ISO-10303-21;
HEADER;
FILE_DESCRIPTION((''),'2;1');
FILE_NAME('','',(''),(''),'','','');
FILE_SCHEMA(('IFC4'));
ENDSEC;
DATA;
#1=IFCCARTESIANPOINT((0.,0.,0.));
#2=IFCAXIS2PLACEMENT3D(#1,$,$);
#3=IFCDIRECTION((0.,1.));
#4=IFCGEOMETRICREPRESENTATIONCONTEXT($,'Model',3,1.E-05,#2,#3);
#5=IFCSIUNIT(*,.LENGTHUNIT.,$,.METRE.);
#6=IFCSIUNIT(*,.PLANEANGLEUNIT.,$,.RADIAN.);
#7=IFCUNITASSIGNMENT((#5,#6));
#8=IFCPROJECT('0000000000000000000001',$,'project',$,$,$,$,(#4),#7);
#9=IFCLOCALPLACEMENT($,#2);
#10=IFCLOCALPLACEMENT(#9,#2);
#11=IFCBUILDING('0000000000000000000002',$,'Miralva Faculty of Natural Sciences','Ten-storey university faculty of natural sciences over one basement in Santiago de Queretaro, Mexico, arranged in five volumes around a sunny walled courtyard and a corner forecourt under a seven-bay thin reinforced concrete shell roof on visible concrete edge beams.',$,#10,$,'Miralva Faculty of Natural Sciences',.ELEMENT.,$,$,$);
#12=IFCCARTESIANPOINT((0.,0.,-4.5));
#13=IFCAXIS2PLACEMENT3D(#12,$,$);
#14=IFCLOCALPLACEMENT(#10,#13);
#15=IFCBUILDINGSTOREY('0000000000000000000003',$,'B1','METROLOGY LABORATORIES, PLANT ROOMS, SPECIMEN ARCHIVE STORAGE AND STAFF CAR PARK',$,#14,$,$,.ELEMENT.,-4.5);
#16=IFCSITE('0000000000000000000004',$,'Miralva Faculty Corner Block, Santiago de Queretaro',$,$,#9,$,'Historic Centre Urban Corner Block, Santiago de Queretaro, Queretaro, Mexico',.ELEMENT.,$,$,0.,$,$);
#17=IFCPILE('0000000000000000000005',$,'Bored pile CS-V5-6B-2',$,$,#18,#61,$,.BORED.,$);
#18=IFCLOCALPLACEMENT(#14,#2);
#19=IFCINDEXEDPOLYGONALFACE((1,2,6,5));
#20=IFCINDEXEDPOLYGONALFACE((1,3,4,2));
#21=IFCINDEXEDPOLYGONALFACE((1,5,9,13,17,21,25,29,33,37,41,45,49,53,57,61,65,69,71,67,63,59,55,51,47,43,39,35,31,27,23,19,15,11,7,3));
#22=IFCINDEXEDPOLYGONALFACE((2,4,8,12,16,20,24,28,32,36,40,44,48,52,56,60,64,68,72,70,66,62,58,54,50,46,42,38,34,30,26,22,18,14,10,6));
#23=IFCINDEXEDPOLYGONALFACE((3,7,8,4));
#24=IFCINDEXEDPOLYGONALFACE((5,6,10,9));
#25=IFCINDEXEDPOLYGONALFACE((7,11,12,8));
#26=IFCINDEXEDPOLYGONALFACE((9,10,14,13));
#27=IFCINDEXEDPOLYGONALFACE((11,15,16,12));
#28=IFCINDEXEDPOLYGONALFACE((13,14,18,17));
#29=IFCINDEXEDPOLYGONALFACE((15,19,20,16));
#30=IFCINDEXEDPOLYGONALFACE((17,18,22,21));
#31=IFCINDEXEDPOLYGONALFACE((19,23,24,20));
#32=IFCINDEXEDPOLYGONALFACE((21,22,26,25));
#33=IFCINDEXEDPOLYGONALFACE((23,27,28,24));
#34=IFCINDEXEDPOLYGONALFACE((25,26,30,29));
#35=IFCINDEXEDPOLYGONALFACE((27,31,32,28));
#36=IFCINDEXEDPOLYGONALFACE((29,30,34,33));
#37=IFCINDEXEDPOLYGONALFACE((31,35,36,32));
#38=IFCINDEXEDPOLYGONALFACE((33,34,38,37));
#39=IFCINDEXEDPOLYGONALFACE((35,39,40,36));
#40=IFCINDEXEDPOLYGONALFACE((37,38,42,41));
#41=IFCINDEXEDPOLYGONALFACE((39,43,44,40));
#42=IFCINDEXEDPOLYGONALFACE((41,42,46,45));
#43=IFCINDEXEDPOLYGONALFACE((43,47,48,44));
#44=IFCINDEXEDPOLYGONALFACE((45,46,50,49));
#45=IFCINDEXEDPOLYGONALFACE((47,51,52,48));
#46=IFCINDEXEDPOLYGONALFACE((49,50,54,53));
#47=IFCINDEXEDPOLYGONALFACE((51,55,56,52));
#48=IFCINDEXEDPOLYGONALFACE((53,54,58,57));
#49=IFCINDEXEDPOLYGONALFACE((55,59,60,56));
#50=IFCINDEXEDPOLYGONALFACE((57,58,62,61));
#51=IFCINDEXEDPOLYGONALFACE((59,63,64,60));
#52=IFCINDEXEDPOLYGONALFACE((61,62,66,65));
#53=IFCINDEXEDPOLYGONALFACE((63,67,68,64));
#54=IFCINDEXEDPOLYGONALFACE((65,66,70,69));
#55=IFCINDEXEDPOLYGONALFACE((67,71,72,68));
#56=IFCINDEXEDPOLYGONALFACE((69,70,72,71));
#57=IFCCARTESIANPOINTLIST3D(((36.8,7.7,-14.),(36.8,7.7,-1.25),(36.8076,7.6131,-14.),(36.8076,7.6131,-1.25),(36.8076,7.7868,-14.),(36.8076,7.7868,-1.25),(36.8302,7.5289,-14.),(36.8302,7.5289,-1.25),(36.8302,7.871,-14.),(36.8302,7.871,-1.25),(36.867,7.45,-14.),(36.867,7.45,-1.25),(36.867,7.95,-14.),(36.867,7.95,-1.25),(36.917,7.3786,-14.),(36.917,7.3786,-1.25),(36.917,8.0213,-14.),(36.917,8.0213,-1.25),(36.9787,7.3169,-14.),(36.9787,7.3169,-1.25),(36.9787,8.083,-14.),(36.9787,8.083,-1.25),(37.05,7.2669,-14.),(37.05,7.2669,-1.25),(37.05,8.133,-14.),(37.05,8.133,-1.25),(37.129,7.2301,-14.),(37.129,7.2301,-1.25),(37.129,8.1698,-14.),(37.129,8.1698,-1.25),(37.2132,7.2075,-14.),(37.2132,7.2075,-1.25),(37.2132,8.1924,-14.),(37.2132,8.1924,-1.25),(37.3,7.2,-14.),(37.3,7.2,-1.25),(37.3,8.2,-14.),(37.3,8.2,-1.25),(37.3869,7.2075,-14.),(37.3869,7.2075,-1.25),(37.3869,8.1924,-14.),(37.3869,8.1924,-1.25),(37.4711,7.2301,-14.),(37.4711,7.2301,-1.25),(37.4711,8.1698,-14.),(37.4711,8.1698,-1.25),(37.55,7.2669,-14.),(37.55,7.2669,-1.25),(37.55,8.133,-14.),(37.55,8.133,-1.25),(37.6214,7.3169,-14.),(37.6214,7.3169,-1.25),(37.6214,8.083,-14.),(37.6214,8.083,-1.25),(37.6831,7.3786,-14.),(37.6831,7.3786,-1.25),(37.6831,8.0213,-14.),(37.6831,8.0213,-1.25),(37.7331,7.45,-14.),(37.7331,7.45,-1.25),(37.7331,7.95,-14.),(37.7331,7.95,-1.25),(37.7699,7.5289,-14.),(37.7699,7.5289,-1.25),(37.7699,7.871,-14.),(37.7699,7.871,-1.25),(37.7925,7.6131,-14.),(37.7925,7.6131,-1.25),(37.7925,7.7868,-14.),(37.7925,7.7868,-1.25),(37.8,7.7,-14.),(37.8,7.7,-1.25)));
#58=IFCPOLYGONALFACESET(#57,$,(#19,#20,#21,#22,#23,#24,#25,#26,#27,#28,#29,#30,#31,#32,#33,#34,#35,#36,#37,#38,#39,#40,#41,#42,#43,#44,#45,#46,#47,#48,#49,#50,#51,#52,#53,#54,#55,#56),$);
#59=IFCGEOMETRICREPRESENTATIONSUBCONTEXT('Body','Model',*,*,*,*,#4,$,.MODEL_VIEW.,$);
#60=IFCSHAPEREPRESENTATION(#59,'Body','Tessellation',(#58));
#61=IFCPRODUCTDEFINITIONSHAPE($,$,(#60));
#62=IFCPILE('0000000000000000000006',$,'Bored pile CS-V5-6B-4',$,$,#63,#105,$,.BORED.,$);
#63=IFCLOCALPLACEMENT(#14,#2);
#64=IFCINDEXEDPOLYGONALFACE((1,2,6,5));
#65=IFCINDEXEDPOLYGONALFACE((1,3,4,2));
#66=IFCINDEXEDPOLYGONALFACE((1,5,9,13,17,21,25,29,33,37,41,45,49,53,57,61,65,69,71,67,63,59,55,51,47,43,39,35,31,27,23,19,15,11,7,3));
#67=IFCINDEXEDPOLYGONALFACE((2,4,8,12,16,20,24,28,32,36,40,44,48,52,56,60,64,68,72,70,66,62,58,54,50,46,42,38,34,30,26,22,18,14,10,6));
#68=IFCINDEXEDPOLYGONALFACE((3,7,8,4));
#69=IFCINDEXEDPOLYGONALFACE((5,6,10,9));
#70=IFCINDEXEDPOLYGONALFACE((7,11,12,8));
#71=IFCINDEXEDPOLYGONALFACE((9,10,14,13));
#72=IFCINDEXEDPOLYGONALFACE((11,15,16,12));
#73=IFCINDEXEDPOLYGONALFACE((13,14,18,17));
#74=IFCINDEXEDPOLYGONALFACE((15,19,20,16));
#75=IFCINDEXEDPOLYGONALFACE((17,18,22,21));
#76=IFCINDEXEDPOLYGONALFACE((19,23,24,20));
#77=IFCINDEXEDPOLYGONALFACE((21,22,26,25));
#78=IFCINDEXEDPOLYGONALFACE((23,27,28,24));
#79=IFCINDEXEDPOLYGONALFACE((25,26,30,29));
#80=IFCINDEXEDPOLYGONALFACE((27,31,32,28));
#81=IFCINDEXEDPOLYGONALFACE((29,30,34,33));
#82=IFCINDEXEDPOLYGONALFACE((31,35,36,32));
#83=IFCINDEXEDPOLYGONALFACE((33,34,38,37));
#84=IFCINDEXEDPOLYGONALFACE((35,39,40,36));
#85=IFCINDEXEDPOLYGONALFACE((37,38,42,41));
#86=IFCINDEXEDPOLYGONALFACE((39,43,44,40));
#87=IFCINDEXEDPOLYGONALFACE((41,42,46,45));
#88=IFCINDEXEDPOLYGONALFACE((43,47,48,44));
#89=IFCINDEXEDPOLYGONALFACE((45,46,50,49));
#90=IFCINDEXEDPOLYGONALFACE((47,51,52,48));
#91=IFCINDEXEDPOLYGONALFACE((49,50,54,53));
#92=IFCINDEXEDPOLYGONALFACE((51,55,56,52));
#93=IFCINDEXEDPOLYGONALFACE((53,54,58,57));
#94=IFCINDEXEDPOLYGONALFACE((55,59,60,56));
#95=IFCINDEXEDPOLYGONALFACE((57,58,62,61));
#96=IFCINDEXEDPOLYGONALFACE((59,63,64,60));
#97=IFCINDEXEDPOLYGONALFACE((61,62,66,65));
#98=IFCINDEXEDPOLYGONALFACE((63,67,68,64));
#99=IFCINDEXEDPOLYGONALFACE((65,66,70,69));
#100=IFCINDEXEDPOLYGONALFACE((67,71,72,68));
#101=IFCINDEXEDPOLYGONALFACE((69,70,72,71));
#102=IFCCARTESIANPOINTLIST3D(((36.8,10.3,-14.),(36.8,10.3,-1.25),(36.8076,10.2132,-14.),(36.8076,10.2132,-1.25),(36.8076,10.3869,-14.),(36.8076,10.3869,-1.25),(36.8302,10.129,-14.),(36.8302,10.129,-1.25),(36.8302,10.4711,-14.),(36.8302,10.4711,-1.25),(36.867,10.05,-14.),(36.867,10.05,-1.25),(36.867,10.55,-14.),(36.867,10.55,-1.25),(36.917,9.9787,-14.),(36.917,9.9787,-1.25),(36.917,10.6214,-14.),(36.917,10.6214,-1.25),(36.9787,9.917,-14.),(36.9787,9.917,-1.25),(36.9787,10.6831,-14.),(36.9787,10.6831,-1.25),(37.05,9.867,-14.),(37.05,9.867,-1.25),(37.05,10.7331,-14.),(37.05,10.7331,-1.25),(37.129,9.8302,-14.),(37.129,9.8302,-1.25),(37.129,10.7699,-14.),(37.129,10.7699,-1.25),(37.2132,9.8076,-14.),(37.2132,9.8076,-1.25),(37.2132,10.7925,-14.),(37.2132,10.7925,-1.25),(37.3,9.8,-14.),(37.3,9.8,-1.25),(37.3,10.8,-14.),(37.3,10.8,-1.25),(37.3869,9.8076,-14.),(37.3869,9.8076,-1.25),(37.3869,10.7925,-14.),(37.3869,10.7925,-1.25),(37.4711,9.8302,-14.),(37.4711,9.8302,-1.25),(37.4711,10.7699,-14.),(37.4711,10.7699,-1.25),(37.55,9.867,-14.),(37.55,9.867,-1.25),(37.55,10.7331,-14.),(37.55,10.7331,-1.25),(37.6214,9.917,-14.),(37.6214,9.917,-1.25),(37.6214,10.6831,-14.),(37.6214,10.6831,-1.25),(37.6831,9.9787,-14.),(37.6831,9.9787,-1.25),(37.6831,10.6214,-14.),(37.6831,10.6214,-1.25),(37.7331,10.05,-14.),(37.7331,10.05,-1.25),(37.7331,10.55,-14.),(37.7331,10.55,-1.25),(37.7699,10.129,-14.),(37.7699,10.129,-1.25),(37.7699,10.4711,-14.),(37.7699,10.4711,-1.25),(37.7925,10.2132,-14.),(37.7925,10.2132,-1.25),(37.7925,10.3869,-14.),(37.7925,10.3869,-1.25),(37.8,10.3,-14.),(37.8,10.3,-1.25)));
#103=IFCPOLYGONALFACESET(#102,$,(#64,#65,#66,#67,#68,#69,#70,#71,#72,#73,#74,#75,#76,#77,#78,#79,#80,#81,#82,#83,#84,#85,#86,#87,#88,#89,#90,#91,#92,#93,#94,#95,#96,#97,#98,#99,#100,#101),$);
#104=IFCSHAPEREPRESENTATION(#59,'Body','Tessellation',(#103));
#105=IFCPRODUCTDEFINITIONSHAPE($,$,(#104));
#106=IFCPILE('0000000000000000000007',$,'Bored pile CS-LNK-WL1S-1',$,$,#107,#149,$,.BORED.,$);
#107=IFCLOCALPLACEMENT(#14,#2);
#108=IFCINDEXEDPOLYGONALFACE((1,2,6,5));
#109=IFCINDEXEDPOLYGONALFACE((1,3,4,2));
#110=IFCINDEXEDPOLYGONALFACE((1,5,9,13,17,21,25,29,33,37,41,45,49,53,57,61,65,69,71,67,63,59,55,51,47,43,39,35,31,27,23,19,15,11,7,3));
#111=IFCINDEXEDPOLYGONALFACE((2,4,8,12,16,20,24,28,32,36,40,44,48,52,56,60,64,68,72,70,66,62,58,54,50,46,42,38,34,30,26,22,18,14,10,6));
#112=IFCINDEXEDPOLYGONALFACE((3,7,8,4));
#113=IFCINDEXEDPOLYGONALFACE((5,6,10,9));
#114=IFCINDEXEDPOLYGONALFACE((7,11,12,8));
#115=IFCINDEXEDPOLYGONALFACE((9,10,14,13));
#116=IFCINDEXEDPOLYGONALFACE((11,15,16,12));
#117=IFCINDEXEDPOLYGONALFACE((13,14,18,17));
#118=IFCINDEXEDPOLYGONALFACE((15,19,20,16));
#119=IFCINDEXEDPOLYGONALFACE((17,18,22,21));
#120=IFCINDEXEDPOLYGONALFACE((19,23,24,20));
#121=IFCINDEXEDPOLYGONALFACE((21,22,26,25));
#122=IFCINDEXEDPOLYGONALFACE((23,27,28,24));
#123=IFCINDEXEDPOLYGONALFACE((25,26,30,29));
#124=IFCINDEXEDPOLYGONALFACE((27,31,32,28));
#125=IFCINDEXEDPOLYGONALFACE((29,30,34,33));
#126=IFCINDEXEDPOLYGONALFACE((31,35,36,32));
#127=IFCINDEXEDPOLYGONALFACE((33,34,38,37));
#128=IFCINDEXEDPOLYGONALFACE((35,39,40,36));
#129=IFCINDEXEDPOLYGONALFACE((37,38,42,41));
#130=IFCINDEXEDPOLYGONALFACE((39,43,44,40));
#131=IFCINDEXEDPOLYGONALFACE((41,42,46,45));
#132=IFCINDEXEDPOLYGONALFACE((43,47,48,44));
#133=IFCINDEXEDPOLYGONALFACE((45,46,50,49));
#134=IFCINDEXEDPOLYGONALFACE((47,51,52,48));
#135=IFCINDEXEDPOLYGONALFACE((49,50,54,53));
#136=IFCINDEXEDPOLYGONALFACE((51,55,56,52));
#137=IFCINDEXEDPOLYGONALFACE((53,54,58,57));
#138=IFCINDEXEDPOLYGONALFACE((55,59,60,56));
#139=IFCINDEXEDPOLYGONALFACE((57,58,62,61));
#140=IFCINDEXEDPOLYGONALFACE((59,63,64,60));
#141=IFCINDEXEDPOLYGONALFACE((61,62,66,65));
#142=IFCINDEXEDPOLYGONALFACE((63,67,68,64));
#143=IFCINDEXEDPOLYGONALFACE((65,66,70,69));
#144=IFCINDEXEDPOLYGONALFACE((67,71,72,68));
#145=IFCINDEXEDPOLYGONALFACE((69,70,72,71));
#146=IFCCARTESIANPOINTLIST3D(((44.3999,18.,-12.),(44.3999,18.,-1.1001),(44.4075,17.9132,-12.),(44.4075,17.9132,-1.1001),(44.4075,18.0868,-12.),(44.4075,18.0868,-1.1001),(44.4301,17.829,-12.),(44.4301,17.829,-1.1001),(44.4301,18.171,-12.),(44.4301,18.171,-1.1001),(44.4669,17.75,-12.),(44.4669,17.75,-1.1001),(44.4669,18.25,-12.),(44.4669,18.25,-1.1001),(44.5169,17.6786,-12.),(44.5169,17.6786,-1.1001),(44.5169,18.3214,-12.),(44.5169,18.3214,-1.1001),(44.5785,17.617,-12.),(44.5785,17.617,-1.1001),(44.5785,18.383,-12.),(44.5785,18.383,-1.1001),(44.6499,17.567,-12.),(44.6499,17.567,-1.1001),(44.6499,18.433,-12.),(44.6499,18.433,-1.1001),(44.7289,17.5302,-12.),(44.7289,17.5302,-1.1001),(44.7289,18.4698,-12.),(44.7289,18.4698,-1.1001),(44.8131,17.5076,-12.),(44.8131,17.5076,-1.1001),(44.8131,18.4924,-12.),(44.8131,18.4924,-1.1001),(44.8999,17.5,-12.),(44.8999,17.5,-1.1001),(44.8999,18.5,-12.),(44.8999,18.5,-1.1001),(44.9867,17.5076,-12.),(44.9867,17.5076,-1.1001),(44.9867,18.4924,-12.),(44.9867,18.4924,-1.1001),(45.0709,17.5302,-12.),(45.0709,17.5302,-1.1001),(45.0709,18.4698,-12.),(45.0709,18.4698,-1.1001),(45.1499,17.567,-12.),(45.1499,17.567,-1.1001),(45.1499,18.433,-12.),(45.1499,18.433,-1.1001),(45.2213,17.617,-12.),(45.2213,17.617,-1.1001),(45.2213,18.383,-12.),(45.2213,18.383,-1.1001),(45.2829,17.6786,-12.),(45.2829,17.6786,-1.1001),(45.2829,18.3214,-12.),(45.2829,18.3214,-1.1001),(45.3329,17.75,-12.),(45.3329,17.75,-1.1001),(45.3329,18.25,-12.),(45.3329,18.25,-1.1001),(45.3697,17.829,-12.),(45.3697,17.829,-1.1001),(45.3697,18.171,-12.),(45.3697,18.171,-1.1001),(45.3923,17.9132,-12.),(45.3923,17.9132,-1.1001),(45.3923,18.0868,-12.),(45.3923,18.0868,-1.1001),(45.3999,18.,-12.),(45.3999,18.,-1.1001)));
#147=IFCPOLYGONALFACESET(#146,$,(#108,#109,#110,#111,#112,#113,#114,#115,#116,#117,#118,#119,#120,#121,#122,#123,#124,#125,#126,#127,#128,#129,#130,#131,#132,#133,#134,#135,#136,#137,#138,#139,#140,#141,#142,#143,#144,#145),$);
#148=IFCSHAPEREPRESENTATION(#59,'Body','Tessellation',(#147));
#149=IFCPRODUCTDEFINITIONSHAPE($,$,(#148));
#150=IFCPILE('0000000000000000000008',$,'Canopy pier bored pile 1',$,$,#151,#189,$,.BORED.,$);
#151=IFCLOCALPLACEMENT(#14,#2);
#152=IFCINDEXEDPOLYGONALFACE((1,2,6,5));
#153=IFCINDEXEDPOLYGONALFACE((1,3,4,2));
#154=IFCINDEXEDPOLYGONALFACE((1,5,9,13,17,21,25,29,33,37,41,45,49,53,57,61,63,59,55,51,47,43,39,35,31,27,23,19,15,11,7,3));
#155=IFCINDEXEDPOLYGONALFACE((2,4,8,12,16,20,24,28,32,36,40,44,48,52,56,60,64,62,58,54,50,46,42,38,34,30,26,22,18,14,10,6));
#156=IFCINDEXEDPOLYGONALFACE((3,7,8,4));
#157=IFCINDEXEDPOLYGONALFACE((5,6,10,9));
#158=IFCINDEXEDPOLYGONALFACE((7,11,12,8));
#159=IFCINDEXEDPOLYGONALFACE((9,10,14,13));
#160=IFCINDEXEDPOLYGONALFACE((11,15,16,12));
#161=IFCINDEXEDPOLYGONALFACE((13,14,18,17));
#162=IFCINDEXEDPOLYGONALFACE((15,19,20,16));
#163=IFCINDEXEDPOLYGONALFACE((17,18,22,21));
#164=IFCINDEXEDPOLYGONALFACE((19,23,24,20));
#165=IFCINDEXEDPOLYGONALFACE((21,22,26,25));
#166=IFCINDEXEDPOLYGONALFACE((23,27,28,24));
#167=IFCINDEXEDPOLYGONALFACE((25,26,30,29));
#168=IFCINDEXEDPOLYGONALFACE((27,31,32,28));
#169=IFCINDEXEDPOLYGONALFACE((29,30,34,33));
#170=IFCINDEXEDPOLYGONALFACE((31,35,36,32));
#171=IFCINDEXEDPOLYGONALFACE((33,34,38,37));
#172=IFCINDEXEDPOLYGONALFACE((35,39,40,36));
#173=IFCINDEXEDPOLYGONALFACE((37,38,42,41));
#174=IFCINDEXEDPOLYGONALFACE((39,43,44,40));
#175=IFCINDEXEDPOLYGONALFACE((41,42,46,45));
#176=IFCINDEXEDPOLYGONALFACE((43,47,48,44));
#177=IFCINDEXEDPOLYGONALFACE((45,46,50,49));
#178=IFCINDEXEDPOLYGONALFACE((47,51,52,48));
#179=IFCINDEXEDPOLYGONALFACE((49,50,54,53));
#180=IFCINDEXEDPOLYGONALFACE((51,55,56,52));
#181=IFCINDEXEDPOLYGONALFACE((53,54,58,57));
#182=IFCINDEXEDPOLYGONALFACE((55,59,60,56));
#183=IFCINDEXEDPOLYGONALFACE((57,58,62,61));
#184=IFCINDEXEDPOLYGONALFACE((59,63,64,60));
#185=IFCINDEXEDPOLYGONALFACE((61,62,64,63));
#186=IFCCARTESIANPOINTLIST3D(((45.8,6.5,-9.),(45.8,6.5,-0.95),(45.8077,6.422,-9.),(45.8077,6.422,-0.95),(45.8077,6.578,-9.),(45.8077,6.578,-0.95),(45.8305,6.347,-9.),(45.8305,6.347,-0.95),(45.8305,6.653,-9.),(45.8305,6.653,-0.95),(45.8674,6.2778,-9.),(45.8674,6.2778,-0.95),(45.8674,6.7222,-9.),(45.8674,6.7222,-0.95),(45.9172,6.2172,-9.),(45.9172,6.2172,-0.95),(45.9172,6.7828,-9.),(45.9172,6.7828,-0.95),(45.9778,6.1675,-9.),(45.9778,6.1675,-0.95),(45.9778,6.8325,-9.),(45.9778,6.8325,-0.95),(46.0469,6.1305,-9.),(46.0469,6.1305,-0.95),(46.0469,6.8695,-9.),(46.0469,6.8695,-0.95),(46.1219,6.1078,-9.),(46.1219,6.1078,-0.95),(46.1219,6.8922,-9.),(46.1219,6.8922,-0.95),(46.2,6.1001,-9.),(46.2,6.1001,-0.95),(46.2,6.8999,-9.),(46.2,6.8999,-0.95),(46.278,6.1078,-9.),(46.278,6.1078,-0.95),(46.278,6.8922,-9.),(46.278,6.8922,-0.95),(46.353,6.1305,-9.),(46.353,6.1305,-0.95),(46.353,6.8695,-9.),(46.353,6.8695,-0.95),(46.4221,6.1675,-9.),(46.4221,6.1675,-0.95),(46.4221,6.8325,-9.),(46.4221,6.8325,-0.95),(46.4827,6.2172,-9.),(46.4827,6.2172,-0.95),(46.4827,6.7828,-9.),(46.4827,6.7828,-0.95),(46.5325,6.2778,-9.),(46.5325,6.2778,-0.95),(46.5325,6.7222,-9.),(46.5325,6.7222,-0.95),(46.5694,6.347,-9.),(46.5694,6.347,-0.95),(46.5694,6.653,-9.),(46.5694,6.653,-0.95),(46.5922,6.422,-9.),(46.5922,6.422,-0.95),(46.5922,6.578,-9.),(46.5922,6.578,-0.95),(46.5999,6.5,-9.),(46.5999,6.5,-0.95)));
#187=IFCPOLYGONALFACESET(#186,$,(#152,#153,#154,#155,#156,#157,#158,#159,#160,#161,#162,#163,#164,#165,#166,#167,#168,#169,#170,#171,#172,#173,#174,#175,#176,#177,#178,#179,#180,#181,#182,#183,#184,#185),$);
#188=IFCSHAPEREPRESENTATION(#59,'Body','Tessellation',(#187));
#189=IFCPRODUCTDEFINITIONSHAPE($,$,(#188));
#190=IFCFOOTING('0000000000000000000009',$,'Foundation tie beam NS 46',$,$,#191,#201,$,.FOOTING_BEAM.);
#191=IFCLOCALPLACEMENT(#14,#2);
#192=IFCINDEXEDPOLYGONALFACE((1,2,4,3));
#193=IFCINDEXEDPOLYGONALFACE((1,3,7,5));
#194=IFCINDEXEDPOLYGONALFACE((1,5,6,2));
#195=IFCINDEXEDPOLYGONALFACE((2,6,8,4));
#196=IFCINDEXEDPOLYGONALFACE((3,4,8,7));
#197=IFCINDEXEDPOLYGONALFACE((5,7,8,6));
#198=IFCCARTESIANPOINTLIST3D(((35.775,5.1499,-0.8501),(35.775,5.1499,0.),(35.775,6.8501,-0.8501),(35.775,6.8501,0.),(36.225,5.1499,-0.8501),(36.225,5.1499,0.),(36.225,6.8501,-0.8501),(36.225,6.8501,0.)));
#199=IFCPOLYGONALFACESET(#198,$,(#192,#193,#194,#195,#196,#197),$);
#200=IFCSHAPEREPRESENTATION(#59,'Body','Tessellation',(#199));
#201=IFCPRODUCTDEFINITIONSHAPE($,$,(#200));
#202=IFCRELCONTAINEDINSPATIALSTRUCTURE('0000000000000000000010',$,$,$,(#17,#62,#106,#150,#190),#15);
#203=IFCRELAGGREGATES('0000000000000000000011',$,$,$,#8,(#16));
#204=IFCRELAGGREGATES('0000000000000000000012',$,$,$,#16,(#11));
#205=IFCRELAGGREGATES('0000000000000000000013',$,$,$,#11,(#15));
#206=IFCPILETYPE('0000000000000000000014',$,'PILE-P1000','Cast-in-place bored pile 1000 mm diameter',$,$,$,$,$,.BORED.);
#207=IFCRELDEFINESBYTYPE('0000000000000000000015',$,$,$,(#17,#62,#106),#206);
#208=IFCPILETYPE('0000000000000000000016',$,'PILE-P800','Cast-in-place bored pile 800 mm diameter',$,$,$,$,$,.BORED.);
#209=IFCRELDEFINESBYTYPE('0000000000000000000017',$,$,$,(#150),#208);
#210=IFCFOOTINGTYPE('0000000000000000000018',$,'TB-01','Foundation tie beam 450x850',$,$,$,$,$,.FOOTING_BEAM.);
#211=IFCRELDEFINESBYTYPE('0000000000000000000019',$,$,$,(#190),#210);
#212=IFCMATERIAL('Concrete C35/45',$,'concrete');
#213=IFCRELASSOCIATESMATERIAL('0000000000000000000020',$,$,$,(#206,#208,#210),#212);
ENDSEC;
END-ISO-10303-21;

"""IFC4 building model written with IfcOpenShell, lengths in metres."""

from ifc_helpers import new_model, si_unit, direction, frame, origin, origin_2d, place, context, subcontext, project, spatial, rectangle, circle, extrude, material, material_profile, profile_set, type_object, element, save


model = new_model("IFC4")

# Units and contexts
model_context = context("Model", 3, precision=1e-05, world=origin(), true_north=direction((0.0, 1.0)))
body_context = subcontext(model_context, "Body", "Model", "MODEL_VIEW")
ifc_project = project(units=[si_unit("LENGTHUNIT", "METRE"), si_unit("PLANEANGLEUNIT", "RADIAN")], contexts=[model_context])

# Site, building, storey
site_placement = place(None, origin())
site = spatial("IfcSite", under=ifc_project, at=site_placement, Name="Miralva Faculty Corner Block, Santiago de Queretaro", LongName="Historic Centre Urban Corner Block, Santiago de Queretaro, Queretaro, Mexico", CompositionType="ELEMENT", RefElevation=0.0)
building_placement = place(site_placement, origin())
building = spatial("IfcBuilding", under=site, at=building_placement, Name="Miralva Faculty of Natural Sciences", Description="Ten-storey university faculty of natural sciences over one basement in Santiago de Queretaro, Mexico, arranged in five volumes around a sunny walled courtyard and a corner forecourt under a seven-bay thin reinforced concrete shell roof on visible concrete edge beams.", LongName="Miralva Faculty of Natural Sciences", CompositionType="ELEMENT")
storey_placement = place(building_placement, frame((0.0, 0.0, -4.5)))
storey = spatial("IfcBuildingStorey", under=building, at=storey_placement, Name="B1", Description="METROLOGY LABORATORIES, PLANT ROOMS, SPECIMEN ARCHIVE STORAGE AND STAFF CAR PARK", CompositionType="ELEMENT", Elevation=-4.5)

# Shared definitions
ifc_material_1 = material(Name="Concrete C35/45", Category="concrete")

# Piles
ifc_material_profile_1 = material_profile(ifc_material_1, circle(Radius=0.5, at=origin_2d()), Name="BORED PILE 1000")
ifc_profile_set_1 = profile_set([ifc_material_profile_1], Name="Concrete C35/45")
pile_type_1 = type_object("IfcPileType", Name="PILE-P1000", Description="Cast-in-place bored pile 1000 mm diameter", PredefinedType="BORED", material=ifc_profile_set_1)
for number, where, z_axis, x_axis, name in (
    (1, (37.3, 7.7, -1.25), (0.0, 0.0, -1.0), (1.0, 0.0, 0.0), "Bored pile CS-V5-6B-2"),
    (2, (37.3, 10.3, -1.25), (0.0, 0.0, -1.0), (1.0, 0.0, 0.0), "Bored pile CS-V5-6B-4"),
):
    element("IfcPile", number, at=place(storey_placement, frame(where, z_axis=z_axis, x_axis=x_axis)), inside=storey, type_object=pile_type_1, Name=name, PredefinedType="BORED", context=body_context, shape_type="SweptSolid", body=[
        extrude(circle(Radius=0.5, at=origin_2d()), origin(), (0.0, 0.0, 1.0), 12.75),
    ])
pile_1_placement = place(storey_placement, frame((44.8999, 18.0, -1.1001), z_axis=(0.0, 0.0, -1.0), x_axis=(1.0, 0.0, 0.0)))
element("IfcPile", 3, at=pile_1_placement, inside=storey, type_object=pile_type_1, Name="Bored pile CS-LNK-WL1S-1", PredefinedType="BORED", context=body_context, shape_type="SweptSolid", body=[
    extrude(circle(Radius=0.5, at=origin_2d()), origin(), (0.0, 0.0, 1.0), 10.8999),
])
ifc_material_profile_2 = material_profile(ifc_material_1, circle(Radius=0.3999, at=origin_2d()), Name="BORED PILE 800")
ifc_profile_set_2 = profile_set([ifc_material_profile_2], Name="Concrete C35/45")
pile_type_2 = type_object("IfcPileType", Name="PILE-P800", Description="Cast-in-place bored pile 800 mm diameter", PredefinedType="BORED", material=ifc_profile_set_2)
pile_2_placement = place(storey_placement, frame((46.2, 6.5, -0.95), z_axis=(0.0, 0.0, -1.0), x_axis=(1.0, 0.0, 0.0)))
element("IfcPile", 4, at=pile_2_placement, inside=storey, type_object=pile_type_2, Name="Canopy pier bored pile 1", PredefinedType="BORED", context=body_context, shape_type="SweptSolid", body=[
    extrude(circle(Radius=0.3999, at=origin_2d()), origin(), (0.0, 0.0, 1.0), 8.05),
])

# Footing
ifc_material_profile_3 = material_profile(ifc_material_1, rectangle(XDim=0.45, YDim=0.8501, at=origin_2d()), Name="RC 450x850")
ifc_profile_set_3 = profile_set([ifc_material_profile_3], Name="Concrete C35/45")
footing_type_1 = type_object("IfcFootingType", Name="TB-01", Description="Foundation tie beam 450x850", PredefinedType="FOOTING_BEAM", material=ifc_profile_set_3)
footing_1_placement = place(storey_placement, frame((36.0, 5.1499, -0.425), z_axis=(0.0, 1.0, 0.0), x_axis=(-1.0, 0.0, 0.0)))
element("IfcFooting", 5, at=footing_1_placement, inside=storey, type_object=footing_type_1, Name="Foundation tie beam NS 46", PredefinedType="FOOTING_BEAM", context=body_context, shape_type="SweptSolid", body=[
    extrude(rectangle(XDim=0.45, YDim=0.8501, at=origin_2d()), origin(), (0.0, 0.0, 1.0), 1.7002),
])

save(model, "model.ifc")
